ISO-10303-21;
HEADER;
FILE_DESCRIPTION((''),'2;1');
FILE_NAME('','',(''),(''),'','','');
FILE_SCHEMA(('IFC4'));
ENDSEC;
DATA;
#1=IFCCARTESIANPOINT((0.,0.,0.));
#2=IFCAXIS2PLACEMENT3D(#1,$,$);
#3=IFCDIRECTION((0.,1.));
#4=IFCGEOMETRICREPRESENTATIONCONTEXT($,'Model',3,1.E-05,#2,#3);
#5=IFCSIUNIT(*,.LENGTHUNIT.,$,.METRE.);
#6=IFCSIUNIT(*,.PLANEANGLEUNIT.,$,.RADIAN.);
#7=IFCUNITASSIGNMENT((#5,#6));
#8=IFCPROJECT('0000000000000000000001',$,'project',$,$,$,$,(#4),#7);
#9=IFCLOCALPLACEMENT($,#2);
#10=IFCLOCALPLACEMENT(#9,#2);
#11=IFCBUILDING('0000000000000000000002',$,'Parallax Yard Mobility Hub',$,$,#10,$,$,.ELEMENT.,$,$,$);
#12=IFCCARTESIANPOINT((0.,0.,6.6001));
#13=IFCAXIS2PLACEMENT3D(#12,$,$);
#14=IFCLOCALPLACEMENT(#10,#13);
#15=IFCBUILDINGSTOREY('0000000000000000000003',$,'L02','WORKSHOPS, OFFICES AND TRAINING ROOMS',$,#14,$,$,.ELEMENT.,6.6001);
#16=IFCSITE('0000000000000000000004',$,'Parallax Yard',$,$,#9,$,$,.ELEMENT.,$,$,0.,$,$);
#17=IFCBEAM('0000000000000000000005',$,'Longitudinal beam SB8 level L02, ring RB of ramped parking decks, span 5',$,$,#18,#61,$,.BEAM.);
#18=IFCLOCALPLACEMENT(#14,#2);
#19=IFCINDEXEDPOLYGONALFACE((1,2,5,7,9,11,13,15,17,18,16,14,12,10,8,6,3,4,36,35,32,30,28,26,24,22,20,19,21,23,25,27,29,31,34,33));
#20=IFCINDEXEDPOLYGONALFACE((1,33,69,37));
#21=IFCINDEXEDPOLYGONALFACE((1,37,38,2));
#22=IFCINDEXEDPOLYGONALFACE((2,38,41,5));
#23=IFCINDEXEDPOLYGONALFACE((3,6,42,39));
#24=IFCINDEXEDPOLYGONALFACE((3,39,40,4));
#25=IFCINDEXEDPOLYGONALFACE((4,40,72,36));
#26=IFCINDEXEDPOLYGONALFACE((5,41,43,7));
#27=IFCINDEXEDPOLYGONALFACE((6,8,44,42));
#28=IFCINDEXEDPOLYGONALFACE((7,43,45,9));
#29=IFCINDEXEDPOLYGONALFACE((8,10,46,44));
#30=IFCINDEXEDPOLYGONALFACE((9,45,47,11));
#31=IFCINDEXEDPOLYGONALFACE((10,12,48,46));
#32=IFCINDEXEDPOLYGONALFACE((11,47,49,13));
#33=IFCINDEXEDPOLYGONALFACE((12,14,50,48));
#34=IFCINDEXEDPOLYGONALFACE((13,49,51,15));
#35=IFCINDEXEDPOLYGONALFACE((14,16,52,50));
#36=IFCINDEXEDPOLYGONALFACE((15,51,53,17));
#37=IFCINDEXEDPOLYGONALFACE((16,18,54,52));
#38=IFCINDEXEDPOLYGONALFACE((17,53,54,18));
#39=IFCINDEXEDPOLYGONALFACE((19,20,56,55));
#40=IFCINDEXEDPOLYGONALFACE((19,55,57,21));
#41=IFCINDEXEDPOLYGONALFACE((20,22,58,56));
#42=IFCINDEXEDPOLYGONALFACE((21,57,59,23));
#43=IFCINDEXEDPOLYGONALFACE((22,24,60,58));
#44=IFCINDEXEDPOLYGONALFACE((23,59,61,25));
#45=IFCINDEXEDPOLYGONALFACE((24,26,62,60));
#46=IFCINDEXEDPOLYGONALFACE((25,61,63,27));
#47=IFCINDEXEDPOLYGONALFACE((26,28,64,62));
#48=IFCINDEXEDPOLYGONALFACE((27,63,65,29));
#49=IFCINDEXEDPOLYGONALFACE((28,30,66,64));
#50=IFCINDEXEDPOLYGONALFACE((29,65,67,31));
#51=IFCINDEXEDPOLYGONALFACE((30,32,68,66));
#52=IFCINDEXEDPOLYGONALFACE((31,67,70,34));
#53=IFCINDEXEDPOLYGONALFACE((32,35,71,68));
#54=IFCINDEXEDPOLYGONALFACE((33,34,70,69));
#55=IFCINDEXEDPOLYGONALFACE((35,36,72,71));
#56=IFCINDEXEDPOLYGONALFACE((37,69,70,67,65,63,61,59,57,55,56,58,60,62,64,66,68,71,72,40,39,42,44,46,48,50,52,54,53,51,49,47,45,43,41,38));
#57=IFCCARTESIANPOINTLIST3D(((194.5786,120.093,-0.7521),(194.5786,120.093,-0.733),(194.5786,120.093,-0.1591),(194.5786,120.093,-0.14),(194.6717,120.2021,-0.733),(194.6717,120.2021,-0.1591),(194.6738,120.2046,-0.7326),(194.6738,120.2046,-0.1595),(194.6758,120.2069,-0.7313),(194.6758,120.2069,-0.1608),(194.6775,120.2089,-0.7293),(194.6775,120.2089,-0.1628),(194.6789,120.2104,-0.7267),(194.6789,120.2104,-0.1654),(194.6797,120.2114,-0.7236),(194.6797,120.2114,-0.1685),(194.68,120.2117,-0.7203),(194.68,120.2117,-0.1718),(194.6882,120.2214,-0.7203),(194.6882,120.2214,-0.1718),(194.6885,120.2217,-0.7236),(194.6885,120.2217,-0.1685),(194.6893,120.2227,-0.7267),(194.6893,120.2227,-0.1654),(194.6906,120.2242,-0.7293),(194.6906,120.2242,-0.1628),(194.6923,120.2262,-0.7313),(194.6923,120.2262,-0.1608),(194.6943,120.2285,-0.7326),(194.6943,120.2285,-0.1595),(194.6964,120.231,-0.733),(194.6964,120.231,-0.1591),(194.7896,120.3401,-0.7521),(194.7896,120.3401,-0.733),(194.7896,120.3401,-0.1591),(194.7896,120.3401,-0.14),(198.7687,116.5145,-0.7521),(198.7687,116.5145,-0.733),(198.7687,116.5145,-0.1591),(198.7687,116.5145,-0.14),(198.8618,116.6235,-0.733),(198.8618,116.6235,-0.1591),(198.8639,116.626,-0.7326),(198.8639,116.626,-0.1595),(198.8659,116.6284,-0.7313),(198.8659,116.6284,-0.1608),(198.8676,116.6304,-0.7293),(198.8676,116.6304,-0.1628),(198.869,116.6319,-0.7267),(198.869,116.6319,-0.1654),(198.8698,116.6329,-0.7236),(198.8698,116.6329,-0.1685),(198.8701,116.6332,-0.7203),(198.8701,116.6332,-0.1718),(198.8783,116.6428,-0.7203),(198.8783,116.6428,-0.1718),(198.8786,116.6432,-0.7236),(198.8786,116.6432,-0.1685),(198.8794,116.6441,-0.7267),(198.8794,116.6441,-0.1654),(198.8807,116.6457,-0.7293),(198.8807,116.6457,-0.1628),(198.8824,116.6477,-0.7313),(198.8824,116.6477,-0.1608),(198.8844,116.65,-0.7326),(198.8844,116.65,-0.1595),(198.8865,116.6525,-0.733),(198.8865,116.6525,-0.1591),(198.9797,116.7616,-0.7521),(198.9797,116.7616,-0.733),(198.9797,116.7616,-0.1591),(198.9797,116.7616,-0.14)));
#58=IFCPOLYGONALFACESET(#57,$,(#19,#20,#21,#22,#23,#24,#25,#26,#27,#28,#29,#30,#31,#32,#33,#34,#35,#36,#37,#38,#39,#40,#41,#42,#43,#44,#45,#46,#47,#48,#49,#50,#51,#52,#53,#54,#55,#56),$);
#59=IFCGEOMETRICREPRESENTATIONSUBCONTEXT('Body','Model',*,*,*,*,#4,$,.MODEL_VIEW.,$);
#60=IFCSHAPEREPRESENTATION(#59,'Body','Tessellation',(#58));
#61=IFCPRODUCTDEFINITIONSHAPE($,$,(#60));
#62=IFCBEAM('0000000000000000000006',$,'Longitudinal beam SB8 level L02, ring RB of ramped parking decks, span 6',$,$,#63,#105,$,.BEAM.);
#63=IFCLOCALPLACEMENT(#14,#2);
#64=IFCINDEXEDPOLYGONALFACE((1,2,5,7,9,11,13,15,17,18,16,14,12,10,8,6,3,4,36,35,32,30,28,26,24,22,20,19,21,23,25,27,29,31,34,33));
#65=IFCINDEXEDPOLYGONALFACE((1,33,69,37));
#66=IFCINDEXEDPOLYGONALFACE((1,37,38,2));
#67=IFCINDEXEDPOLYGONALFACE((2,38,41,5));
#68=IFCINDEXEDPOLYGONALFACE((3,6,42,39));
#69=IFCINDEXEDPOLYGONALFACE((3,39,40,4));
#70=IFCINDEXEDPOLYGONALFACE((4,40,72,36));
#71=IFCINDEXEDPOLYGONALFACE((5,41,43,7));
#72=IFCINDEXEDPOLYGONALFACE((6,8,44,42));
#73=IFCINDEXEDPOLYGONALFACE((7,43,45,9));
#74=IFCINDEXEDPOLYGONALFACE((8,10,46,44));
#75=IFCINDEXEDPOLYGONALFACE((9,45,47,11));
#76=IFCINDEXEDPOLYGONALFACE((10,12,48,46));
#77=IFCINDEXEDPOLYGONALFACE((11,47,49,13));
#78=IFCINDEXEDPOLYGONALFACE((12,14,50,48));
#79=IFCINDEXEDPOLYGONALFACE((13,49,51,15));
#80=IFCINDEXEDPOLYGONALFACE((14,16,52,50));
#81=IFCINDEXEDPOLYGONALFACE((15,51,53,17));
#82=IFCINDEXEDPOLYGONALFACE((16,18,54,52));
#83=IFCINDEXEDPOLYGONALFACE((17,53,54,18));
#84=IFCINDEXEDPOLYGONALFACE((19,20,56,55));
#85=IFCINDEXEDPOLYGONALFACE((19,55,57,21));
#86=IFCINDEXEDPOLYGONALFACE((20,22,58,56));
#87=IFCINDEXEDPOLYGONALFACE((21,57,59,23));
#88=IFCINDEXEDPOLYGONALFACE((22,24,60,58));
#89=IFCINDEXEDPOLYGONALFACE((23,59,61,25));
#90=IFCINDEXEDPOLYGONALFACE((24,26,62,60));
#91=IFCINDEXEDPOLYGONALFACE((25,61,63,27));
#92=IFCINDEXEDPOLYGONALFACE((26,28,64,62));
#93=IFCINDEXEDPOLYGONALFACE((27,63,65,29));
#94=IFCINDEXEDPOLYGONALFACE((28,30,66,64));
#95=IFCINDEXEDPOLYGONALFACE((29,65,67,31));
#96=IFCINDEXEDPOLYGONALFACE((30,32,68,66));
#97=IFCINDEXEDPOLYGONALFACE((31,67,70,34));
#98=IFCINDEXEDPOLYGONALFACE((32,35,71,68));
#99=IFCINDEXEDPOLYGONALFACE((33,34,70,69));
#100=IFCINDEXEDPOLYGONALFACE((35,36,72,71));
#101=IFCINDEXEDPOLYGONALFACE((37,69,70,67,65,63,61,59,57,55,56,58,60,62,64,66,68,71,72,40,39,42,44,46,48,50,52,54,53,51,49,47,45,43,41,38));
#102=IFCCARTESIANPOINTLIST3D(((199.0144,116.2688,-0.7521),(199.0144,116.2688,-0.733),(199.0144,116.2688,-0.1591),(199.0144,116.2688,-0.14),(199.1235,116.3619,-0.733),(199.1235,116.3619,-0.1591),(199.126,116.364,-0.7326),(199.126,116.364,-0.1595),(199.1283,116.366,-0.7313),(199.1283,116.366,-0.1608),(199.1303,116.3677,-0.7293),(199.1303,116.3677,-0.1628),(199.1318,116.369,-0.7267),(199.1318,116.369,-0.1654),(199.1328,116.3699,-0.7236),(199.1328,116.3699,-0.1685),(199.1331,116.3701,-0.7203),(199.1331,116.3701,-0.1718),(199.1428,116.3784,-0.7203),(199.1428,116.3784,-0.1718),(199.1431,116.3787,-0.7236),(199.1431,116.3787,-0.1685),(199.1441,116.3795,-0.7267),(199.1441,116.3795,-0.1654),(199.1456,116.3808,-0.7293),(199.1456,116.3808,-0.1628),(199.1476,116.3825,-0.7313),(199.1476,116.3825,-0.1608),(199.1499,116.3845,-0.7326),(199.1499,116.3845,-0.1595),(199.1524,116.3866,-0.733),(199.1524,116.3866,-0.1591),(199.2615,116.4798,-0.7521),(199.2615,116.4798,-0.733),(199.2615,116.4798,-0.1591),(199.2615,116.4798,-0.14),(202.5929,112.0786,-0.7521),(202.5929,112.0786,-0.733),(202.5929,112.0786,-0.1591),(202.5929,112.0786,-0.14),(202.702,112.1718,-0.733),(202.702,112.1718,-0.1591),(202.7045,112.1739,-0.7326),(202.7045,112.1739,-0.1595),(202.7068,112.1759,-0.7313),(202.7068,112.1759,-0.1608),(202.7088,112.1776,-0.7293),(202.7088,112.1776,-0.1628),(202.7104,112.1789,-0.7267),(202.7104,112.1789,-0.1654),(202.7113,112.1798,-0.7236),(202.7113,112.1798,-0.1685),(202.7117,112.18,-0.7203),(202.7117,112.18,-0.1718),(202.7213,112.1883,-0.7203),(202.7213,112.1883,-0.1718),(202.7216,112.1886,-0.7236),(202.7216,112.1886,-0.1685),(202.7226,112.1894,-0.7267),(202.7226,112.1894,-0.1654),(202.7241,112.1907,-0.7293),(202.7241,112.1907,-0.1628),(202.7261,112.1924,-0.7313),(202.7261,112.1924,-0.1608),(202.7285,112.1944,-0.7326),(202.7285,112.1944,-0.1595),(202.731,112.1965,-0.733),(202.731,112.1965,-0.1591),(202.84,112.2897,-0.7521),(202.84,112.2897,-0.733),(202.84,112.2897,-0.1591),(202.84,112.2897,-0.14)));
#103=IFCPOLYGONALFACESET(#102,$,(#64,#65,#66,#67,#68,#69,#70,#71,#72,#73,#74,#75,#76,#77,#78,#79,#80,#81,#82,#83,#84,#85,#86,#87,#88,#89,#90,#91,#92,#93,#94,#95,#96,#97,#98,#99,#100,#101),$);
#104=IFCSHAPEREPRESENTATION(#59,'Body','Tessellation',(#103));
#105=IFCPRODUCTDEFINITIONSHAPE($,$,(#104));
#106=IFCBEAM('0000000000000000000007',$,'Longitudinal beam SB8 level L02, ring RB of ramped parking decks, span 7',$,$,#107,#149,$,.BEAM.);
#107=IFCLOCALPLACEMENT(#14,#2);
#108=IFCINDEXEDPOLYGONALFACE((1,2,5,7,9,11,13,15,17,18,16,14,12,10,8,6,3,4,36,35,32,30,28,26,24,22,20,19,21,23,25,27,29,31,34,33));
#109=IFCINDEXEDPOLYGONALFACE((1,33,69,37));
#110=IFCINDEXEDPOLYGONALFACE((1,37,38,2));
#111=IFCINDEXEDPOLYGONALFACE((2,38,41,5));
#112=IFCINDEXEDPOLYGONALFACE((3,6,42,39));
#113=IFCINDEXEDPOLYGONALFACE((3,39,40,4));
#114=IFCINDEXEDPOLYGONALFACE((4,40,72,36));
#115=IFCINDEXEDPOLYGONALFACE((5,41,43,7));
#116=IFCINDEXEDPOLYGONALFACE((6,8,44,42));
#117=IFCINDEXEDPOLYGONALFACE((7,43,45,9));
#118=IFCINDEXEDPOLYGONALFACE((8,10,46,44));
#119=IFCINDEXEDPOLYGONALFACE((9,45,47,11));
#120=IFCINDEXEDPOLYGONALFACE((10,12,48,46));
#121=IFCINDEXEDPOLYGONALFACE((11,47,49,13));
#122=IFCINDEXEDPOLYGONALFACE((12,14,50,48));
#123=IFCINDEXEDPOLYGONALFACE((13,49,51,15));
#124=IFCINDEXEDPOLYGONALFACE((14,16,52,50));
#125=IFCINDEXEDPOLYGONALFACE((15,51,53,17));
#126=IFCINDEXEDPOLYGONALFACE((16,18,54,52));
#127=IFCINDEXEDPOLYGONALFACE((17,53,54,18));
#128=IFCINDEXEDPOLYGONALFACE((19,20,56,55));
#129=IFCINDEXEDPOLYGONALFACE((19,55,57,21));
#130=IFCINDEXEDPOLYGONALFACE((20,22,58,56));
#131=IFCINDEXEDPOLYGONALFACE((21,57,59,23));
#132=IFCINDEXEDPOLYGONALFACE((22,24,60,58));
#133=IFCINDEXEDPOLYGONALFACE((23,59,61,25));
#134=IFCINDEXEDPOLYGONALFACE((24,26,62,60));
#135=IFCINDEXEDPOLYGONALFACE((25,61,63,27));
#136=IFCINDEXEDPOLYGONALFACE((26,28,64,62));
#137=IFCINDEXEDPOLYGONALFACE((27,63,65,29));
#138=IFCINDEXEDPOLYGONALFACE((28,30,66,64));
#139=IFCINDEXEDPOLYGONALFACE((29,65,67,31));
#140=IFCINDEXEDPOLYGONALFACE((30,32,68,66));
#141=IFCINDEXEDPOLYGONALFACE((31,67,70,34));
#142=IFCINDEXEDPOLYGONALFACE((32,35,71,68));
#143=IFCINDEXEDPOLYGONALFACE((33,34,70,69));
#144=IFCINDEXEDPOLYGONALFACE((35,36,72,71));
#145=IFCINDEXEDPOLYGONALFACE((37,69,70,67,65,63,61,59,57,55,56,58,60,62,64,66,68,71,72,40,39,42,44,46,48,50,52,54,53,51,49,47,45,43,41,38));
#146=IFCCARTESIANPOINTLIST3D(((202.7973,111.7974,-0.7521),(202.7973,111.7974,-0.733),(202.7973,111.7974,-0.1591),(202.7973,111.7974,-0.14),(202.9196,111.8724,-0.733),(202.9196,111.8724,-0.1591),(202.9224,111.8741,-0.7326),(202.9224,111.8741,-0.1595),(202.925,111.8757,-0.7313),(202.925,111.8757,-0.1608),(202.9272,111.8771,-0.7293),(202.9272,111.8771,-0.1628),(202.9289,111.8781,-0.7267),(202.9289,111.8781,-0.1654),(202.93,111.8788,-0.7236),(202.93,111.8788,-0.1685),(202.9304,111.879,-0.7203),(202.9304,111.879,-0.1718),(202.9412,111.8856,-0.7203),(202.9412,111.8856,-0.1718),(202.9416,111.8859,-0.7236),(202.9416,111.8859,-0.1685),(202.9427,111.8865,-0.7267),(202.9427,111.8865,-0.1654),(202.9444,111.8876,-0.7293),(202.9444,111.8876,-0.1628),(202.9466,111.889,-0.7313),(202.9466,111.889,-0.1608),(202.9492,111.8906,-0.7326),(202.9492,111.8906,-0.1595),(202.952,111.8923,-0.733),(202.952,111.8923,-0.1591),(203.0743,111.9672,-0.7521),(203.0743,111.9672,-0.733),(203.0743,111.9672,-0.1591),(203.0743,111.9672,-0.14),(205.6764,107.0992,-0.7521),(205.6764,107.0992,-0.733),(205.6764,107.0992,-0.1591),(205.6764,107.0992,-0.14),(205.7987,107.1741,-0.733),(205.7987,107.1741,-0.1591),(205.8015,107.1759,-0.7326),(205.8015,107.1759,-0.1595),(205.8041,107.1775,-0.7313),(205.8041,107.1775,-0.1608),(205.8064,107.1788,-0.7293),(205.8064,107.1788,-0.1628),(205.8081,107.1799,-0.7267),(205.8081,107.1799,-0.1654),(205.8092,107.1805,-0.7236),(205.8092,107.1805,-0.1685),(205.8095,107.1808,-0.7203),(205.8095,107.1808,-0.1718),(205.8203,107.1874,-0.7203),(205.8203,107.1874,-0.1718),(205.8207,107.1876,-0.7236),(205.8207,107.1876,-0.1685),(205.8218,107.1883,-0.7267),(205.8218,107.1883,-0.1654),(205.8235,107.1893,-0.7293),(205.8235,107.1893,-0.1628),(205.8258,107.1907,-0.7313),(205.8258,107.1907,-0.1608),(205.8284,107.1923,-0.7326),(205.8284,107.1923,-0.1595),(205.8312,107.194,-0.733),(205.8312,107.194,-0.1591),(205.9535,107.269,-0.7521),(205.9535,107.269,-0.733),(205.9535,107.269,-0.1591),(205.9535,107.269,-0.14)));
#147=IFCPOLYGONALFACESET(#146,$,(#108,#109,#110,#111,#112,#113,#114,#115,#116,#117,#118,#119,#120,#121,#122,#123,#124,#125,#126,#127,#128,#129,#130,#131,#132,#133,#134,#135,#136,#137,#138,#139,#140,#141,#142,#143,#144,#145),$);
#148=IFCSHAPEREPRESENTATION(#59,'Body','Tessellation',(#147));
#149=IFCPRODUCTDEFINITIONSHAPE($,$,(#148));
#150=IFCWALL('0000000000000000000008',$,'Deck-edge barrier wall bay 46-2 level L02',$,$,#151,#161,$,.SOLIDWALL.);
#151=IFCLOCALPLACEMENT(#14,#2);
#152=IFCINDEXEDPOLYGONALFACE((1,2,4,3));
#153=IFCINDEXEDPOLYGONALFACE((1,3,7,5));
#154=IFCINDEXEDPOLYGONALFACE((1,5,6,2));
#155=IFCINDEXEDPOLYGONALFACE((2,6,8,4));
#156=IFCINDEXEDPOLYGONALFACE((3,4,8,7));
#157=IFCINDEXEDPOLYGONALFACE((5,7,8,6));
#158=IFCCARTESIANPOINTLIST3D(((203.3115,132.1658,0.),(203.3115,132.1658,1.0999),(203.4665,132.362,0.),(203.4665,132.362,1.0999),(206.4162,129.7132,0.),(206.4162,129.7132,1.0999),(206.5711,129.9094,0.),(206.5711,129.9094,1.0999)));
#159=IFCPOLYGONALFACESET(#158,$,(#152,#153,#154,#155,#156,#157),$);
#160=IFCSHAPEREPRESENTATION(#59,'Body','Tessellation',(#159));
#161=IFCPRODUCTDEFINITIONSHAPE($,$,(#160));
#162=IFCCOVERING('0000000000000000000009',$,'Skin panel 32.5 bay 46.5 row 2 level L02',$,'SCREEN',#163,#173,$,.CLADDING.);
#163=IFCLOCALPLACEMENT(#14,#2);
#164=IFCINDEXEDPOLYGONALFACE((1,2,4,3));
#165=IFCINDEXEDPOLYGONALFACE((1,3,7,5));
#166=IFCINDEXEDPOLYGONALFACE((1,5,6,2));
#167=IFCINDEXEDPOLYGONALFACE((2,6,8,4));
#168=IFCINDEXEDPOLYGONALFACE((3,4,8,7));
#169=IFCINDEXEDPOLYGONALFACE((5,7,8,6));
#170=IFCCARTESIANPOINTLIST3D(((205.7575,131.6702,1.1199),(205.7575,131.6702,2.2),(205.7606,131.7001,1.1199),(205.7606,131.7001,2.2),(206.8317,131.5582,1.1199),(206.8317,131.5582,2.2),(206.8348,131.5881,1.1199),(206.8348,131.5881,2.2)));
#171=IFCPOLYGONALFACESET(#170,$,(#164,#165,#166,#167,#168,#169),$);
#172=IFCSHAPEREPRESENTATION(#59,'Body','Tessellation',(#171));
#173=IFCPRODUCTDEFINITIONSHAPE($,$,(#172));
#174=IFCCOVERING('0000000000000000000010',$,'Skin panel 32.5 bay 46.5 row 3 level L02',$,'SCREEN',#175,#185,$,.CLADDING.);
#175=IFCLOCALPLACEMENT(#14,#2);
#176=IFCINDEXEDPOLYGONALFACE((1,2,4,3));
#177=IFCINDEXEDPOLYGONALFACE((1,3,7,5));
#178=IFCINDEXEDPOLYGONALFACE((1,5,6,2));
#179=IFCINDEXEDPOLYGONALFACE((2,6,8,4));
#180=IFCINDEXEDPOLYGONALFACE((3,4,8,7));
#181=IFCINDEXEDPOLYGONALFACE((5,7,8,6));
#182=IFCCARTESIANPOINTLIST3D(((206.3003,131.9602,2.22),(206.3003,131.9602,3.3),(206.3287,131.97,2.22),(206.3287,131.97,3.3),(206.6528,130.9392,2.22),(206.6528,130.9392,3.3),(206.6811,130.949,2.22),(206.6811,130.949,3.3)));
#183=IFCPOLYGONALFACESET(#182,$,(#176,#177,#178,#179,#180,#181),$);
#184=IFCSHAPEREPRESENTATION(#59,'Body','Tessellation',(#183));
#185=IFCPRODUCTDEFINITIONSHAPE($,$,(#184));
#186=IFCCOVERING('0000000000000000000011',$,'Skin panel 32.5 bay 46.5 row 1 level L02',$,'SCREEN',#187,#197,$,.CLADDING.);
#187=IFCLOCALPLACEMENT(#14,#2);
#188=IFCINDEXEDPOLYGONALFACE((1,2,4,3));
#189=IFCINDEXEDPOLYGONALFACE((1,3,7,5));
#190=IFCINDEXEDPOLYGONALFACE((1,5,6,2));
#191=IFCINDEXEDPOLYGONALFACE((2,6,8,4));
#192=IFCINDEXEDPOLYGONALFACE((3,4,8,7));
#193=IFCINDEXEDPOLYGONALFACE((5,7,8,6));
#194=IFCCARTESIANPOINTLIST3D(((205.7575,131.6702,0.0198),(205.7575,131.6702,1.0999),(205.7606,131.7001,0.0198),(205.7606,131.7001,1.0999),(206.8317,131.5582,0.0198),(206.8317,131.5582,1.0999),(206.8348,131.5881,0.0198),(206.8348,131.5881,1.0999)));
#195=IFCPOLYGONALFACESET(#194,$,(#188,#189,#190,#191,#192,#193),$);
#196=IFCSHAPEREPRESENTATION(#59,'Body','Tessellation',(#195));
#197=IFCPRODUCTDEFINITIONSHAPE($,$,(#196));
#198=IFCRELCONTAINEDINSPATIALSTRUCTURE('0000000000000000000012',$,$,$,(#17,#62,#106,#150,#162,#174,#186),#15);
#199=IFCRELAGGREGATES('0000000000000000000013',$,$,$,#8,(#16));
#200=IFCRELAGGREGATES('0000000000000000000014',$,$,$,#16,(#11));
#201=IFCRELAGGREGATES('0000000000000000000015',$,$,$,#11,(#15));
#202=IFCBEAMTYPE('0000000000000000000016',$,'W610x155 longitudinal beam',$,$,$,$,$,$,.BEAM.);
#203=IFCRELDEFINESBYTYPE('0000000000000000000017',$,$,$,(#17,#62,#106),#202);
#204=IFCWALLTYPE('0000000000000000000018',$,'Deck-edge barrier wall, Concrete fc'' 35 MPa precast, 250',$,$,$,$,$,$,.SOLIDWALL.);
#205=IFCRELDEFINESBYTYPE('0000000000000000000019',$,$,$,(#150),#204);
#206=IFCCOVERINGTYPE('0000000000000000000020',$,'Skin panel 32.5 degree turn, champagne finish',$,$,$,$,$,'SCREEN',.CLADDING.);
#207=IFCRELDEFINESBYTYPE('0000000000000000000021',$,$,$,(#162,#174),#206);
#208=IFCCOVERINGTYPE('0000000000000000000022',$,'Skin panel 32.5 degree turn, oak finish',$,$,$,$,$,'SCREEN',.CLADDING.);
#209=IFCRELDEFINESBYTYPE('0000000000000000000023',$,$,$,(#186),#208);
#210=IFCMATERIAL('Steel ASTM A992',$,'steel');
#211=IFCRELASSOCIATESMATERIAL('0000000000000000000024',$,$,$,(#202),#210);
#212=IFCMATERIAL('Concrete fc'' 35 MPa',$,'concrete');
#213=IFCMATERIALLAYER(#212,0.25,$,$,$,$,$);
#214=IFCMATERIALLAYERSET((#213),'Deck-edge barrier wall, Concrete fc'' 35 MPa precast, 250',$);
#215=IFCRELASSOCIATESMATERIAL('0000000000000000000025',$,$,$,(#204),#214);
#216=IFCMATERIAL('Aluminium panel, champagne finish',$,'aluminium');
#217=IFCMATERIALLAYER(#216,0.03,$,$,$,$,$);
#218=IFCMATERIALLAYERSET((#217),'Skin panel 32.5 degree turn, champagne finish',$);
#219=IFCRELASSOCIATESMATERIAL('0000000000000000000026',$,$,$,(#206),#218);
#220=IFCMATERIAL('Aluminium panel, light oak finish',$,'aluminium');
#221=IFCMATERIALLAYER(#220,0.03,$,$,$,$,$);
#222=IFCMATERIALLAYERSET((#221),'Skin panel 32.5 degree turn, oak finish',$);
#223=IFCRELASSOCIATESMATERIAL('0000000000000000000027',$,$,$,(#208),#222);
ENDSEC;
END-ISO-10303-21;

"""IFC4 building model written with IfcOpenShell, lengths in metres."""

from ifc_helpers import new_model, si_unit, direction, frame, frame_2d, origin, origin_2d, place, context, subcontext, project, spatial, rectangle, i_section, extrude, material, layer, layer_set, material_profile, profile_set, type_object, element, save


model = new_model("IFC4")

# Units and contexts
model_context = context("Model", 3, precision=1e-05, world=origin(), true_north=direction((0.0, 1.0)))
body_context = subcontext(model_context, "Body", "Model", "MODEL_VIEW")
ifc_project = project(units=[si_unit("LENGTHUNIT", "METRE"), si_unit("PLANEANGLEUNIT", "RADIAN")], contexts=[model_context])

# Site, building, storey
site_placement = place(None, origin())
site = spatial("IfcSite", under=ifc_project, at=site_placement, Name="Parallax Yard", CompositionType="ELEMENT", RefElevation=0.0)
building_placement = place(site_placement, origin())
building = spatial("IfcBuilding", under=site, at=building_placement, Name="Parallax Yard Mobility Hub", CompositionType="ELEMENT")
storey_placement = place(building_placement, frame((0.0, 0.0, 6.6001)))
storey = spatial("IfcBuildingStorey", under=building, at=storey_placement, Name="L02", Description="WORKSHOPS, OFFICES AND TRAINING ROOMS", CompositionType="ELEMENT", Elevation=6.6001)

# Shared definitions
ifc_material_1 = material(Name="Steel ASTM A992", Category="steel")

# Beams
ifc_material_profile_1 = material_profile(ifc_material_1, i_section(OverallWidth=0.325, OverallDepth=0.6121, WebThickness=0.0127, FlangeThickness=0.019, FilletRadius=0.0127, at=origin_2d()), Name="W610x155")
ifc_profile_set_1 = profile_set([ifc_material_profile_1], Name="Steel ASTM A992")
beam_type_1 = type_object("IfcBeamType", Name="W610x155 longitudinal beam", PredefinedType="BEAM", material=ifc_profile_set_1)
for number, where, z_axis, x_axis, name in (
    (1, (194.6841, 120.2166, -0.446), (0.760419, -0.649433, 0.0), (0.649433, 0.760419, 0.0), "Longitudinal beam SB8 level L02, ring RB of ramped parking decks, span 5"),
    (2, (199.1379, 116.3743, -0.446), (0.649433, -0.760419, 0.0), (0.760419, 0.649433, 0.0), "Longitudinal beam SB8 level L02, ring RB of ramped parking decks, span 6"),
    (3, (202.9358, 111.8823, -0.446), (0.522507, -0.852635, 0.0), (0.852635, 0.522507, 0.0), "Longitudinal beam SB8 level L02, ring RB of ramped parking decks, span 7"),
):
    element("IfcBeam", number, at=place(storey_placement, frame(where, z_axis=z_axis, x_axis=x_axis)), inside=storey, type_object=beam_type_1, Name=name, PredefinedType="BEAM", context=body_context, shape_type="SweptSolid", body=[
        extrude(i_section(OverallWidth=0.325, OverallDepth=0.6121, WebThickness=0.0127, FlangeThickness=0.019, FilletRadius=0.0127, at=origin_2d()), origin(), (0.0, 0.0, 1.0), 5.5103),
    ])

# Wall
ifc_material_2 = material(Name="Concrete fc' 35 MPa", Category="concrete")
ifc_layer_1 = layer(ifc_material_2, 0.25)
ifc_layer_set_1 = layer_set([ifc_layer_1], Name="Deck-edge barrier wall, Concrete fc' 35 MPa precast, 250")
wall_type = type_object("IfcWallType", Name="Deck-edge barrier wall, Concrete fc' 35 MPa precast, 250", PredefinedType="SOLIDWALL", material=ifc_layer_set_1)
wall_placement = place(storey_placement, frame((206.4937, 129.8113, 0.0), z_axis=(0.0, 0.0, 1.0), x_axis=(-0.784695, 0.619882, 0.0)))
element("IfcWall", 4, at=wall_placement, inside=storey, type_object=wall_type, Name="Deck-edge barrier wall bay 46-2 level L02", PredefinedType="SOLIDWALL", context=body_context, shape_type="SweptSolid", body=[
    extrude(rectangle(XDim=3.9565, YDim=0.25, at=frame_2d((1.9783, 0.0))), origin(), (0.0, 0.0, 1.0), 1.0999),
])

# Coverings
ifc_material_3 = material(Name="Aluminium panel, champagne finish", Category="aluminium")
ifc_layer_2 = layer(ifc_material_3, 0.03)
ifc_layer_set_2 = layer_set([ifc_layer_2], Name="Skin panel 32.5 degree turn, champagne finish")
covering_type_1 = type_object("IfcCoveringType", Name="Skin panel 32.5 degree turn, champagne finish", ElementType="SCREEN", PredefinedType="CLADDING", material=ifc_layer_set_2)
for number, where, z_axis, x_axis, name in (
    (5, (206.2961, 131.6292, 1.1199), (0.0, 0.0, 1.0), (0.994605, -0.103739, 0.0), "Skin panel 32.5 bay 46.5 row 2 level L02"),
    (6, (206.4907, 131.4546, 2.22), (0.0, 0.0, 1.0), (-0.326319, 0.94526, 0.0), "Skin panel 32.5 bay 46.5 row 3 level L02"),
):
    element("IfcCovering", number, at=place(storey_placement, frame(where, z_axis=z_axis, x_axis=x_axis)), inside=storey, type_object=covering_type_1, Name=name, ObjectType="SCREEN", PredefinedType="CLADDING", context=body_context, shape_type="SweptSolid", body=[
        extrude(rectangle(XDim=1.0801, YDim=0.03, at=origin_2d()), origin(), (0.0, 0.0, 1.0), 1.0801),
    ])
ifc_material_4 = material(Name="Aluminium panel, light oak finish", Category="aluminium")
ifc_layer_3 = layer(ifc_material_4, 0.03)
ifc_layer_set_3 = layer_set([ifc_layer_3], Name="Skin panel 32.5 degree turn, oak finish")
covering_type_2 = type_object("IfcCoveringType", Name="Skin panel 32.5 degree turn, oak finish", ElementType="SCREEN", PredefinedType="CLADDING", material=ifc_layer_set_3)
covering_1_placement = place(storey_placement, frame((206.2961, 131.6292, 0.0198), z_axis=(0.0, 0.0, 1.0), x_axis=(0.994605, -0.103739, 0.0)))
element("IfcCovering", 7, at=covering_1_placement, inside=storey, type_object=covering_type_2, Name="Skin panel 32.5 bay 46.5 row 1 level L02", ObjectType="SCREEN", PredefinedType="CLADDING", context=body_context, shape_type="SweptSolid", body=[
    extrude(rectangle(XDim=1.0801, YDim=0.03, at=origin_2d()), origin(), (0.0, 0.0, 1.0), 1.0801),
])

save(model, "model.ifc")
